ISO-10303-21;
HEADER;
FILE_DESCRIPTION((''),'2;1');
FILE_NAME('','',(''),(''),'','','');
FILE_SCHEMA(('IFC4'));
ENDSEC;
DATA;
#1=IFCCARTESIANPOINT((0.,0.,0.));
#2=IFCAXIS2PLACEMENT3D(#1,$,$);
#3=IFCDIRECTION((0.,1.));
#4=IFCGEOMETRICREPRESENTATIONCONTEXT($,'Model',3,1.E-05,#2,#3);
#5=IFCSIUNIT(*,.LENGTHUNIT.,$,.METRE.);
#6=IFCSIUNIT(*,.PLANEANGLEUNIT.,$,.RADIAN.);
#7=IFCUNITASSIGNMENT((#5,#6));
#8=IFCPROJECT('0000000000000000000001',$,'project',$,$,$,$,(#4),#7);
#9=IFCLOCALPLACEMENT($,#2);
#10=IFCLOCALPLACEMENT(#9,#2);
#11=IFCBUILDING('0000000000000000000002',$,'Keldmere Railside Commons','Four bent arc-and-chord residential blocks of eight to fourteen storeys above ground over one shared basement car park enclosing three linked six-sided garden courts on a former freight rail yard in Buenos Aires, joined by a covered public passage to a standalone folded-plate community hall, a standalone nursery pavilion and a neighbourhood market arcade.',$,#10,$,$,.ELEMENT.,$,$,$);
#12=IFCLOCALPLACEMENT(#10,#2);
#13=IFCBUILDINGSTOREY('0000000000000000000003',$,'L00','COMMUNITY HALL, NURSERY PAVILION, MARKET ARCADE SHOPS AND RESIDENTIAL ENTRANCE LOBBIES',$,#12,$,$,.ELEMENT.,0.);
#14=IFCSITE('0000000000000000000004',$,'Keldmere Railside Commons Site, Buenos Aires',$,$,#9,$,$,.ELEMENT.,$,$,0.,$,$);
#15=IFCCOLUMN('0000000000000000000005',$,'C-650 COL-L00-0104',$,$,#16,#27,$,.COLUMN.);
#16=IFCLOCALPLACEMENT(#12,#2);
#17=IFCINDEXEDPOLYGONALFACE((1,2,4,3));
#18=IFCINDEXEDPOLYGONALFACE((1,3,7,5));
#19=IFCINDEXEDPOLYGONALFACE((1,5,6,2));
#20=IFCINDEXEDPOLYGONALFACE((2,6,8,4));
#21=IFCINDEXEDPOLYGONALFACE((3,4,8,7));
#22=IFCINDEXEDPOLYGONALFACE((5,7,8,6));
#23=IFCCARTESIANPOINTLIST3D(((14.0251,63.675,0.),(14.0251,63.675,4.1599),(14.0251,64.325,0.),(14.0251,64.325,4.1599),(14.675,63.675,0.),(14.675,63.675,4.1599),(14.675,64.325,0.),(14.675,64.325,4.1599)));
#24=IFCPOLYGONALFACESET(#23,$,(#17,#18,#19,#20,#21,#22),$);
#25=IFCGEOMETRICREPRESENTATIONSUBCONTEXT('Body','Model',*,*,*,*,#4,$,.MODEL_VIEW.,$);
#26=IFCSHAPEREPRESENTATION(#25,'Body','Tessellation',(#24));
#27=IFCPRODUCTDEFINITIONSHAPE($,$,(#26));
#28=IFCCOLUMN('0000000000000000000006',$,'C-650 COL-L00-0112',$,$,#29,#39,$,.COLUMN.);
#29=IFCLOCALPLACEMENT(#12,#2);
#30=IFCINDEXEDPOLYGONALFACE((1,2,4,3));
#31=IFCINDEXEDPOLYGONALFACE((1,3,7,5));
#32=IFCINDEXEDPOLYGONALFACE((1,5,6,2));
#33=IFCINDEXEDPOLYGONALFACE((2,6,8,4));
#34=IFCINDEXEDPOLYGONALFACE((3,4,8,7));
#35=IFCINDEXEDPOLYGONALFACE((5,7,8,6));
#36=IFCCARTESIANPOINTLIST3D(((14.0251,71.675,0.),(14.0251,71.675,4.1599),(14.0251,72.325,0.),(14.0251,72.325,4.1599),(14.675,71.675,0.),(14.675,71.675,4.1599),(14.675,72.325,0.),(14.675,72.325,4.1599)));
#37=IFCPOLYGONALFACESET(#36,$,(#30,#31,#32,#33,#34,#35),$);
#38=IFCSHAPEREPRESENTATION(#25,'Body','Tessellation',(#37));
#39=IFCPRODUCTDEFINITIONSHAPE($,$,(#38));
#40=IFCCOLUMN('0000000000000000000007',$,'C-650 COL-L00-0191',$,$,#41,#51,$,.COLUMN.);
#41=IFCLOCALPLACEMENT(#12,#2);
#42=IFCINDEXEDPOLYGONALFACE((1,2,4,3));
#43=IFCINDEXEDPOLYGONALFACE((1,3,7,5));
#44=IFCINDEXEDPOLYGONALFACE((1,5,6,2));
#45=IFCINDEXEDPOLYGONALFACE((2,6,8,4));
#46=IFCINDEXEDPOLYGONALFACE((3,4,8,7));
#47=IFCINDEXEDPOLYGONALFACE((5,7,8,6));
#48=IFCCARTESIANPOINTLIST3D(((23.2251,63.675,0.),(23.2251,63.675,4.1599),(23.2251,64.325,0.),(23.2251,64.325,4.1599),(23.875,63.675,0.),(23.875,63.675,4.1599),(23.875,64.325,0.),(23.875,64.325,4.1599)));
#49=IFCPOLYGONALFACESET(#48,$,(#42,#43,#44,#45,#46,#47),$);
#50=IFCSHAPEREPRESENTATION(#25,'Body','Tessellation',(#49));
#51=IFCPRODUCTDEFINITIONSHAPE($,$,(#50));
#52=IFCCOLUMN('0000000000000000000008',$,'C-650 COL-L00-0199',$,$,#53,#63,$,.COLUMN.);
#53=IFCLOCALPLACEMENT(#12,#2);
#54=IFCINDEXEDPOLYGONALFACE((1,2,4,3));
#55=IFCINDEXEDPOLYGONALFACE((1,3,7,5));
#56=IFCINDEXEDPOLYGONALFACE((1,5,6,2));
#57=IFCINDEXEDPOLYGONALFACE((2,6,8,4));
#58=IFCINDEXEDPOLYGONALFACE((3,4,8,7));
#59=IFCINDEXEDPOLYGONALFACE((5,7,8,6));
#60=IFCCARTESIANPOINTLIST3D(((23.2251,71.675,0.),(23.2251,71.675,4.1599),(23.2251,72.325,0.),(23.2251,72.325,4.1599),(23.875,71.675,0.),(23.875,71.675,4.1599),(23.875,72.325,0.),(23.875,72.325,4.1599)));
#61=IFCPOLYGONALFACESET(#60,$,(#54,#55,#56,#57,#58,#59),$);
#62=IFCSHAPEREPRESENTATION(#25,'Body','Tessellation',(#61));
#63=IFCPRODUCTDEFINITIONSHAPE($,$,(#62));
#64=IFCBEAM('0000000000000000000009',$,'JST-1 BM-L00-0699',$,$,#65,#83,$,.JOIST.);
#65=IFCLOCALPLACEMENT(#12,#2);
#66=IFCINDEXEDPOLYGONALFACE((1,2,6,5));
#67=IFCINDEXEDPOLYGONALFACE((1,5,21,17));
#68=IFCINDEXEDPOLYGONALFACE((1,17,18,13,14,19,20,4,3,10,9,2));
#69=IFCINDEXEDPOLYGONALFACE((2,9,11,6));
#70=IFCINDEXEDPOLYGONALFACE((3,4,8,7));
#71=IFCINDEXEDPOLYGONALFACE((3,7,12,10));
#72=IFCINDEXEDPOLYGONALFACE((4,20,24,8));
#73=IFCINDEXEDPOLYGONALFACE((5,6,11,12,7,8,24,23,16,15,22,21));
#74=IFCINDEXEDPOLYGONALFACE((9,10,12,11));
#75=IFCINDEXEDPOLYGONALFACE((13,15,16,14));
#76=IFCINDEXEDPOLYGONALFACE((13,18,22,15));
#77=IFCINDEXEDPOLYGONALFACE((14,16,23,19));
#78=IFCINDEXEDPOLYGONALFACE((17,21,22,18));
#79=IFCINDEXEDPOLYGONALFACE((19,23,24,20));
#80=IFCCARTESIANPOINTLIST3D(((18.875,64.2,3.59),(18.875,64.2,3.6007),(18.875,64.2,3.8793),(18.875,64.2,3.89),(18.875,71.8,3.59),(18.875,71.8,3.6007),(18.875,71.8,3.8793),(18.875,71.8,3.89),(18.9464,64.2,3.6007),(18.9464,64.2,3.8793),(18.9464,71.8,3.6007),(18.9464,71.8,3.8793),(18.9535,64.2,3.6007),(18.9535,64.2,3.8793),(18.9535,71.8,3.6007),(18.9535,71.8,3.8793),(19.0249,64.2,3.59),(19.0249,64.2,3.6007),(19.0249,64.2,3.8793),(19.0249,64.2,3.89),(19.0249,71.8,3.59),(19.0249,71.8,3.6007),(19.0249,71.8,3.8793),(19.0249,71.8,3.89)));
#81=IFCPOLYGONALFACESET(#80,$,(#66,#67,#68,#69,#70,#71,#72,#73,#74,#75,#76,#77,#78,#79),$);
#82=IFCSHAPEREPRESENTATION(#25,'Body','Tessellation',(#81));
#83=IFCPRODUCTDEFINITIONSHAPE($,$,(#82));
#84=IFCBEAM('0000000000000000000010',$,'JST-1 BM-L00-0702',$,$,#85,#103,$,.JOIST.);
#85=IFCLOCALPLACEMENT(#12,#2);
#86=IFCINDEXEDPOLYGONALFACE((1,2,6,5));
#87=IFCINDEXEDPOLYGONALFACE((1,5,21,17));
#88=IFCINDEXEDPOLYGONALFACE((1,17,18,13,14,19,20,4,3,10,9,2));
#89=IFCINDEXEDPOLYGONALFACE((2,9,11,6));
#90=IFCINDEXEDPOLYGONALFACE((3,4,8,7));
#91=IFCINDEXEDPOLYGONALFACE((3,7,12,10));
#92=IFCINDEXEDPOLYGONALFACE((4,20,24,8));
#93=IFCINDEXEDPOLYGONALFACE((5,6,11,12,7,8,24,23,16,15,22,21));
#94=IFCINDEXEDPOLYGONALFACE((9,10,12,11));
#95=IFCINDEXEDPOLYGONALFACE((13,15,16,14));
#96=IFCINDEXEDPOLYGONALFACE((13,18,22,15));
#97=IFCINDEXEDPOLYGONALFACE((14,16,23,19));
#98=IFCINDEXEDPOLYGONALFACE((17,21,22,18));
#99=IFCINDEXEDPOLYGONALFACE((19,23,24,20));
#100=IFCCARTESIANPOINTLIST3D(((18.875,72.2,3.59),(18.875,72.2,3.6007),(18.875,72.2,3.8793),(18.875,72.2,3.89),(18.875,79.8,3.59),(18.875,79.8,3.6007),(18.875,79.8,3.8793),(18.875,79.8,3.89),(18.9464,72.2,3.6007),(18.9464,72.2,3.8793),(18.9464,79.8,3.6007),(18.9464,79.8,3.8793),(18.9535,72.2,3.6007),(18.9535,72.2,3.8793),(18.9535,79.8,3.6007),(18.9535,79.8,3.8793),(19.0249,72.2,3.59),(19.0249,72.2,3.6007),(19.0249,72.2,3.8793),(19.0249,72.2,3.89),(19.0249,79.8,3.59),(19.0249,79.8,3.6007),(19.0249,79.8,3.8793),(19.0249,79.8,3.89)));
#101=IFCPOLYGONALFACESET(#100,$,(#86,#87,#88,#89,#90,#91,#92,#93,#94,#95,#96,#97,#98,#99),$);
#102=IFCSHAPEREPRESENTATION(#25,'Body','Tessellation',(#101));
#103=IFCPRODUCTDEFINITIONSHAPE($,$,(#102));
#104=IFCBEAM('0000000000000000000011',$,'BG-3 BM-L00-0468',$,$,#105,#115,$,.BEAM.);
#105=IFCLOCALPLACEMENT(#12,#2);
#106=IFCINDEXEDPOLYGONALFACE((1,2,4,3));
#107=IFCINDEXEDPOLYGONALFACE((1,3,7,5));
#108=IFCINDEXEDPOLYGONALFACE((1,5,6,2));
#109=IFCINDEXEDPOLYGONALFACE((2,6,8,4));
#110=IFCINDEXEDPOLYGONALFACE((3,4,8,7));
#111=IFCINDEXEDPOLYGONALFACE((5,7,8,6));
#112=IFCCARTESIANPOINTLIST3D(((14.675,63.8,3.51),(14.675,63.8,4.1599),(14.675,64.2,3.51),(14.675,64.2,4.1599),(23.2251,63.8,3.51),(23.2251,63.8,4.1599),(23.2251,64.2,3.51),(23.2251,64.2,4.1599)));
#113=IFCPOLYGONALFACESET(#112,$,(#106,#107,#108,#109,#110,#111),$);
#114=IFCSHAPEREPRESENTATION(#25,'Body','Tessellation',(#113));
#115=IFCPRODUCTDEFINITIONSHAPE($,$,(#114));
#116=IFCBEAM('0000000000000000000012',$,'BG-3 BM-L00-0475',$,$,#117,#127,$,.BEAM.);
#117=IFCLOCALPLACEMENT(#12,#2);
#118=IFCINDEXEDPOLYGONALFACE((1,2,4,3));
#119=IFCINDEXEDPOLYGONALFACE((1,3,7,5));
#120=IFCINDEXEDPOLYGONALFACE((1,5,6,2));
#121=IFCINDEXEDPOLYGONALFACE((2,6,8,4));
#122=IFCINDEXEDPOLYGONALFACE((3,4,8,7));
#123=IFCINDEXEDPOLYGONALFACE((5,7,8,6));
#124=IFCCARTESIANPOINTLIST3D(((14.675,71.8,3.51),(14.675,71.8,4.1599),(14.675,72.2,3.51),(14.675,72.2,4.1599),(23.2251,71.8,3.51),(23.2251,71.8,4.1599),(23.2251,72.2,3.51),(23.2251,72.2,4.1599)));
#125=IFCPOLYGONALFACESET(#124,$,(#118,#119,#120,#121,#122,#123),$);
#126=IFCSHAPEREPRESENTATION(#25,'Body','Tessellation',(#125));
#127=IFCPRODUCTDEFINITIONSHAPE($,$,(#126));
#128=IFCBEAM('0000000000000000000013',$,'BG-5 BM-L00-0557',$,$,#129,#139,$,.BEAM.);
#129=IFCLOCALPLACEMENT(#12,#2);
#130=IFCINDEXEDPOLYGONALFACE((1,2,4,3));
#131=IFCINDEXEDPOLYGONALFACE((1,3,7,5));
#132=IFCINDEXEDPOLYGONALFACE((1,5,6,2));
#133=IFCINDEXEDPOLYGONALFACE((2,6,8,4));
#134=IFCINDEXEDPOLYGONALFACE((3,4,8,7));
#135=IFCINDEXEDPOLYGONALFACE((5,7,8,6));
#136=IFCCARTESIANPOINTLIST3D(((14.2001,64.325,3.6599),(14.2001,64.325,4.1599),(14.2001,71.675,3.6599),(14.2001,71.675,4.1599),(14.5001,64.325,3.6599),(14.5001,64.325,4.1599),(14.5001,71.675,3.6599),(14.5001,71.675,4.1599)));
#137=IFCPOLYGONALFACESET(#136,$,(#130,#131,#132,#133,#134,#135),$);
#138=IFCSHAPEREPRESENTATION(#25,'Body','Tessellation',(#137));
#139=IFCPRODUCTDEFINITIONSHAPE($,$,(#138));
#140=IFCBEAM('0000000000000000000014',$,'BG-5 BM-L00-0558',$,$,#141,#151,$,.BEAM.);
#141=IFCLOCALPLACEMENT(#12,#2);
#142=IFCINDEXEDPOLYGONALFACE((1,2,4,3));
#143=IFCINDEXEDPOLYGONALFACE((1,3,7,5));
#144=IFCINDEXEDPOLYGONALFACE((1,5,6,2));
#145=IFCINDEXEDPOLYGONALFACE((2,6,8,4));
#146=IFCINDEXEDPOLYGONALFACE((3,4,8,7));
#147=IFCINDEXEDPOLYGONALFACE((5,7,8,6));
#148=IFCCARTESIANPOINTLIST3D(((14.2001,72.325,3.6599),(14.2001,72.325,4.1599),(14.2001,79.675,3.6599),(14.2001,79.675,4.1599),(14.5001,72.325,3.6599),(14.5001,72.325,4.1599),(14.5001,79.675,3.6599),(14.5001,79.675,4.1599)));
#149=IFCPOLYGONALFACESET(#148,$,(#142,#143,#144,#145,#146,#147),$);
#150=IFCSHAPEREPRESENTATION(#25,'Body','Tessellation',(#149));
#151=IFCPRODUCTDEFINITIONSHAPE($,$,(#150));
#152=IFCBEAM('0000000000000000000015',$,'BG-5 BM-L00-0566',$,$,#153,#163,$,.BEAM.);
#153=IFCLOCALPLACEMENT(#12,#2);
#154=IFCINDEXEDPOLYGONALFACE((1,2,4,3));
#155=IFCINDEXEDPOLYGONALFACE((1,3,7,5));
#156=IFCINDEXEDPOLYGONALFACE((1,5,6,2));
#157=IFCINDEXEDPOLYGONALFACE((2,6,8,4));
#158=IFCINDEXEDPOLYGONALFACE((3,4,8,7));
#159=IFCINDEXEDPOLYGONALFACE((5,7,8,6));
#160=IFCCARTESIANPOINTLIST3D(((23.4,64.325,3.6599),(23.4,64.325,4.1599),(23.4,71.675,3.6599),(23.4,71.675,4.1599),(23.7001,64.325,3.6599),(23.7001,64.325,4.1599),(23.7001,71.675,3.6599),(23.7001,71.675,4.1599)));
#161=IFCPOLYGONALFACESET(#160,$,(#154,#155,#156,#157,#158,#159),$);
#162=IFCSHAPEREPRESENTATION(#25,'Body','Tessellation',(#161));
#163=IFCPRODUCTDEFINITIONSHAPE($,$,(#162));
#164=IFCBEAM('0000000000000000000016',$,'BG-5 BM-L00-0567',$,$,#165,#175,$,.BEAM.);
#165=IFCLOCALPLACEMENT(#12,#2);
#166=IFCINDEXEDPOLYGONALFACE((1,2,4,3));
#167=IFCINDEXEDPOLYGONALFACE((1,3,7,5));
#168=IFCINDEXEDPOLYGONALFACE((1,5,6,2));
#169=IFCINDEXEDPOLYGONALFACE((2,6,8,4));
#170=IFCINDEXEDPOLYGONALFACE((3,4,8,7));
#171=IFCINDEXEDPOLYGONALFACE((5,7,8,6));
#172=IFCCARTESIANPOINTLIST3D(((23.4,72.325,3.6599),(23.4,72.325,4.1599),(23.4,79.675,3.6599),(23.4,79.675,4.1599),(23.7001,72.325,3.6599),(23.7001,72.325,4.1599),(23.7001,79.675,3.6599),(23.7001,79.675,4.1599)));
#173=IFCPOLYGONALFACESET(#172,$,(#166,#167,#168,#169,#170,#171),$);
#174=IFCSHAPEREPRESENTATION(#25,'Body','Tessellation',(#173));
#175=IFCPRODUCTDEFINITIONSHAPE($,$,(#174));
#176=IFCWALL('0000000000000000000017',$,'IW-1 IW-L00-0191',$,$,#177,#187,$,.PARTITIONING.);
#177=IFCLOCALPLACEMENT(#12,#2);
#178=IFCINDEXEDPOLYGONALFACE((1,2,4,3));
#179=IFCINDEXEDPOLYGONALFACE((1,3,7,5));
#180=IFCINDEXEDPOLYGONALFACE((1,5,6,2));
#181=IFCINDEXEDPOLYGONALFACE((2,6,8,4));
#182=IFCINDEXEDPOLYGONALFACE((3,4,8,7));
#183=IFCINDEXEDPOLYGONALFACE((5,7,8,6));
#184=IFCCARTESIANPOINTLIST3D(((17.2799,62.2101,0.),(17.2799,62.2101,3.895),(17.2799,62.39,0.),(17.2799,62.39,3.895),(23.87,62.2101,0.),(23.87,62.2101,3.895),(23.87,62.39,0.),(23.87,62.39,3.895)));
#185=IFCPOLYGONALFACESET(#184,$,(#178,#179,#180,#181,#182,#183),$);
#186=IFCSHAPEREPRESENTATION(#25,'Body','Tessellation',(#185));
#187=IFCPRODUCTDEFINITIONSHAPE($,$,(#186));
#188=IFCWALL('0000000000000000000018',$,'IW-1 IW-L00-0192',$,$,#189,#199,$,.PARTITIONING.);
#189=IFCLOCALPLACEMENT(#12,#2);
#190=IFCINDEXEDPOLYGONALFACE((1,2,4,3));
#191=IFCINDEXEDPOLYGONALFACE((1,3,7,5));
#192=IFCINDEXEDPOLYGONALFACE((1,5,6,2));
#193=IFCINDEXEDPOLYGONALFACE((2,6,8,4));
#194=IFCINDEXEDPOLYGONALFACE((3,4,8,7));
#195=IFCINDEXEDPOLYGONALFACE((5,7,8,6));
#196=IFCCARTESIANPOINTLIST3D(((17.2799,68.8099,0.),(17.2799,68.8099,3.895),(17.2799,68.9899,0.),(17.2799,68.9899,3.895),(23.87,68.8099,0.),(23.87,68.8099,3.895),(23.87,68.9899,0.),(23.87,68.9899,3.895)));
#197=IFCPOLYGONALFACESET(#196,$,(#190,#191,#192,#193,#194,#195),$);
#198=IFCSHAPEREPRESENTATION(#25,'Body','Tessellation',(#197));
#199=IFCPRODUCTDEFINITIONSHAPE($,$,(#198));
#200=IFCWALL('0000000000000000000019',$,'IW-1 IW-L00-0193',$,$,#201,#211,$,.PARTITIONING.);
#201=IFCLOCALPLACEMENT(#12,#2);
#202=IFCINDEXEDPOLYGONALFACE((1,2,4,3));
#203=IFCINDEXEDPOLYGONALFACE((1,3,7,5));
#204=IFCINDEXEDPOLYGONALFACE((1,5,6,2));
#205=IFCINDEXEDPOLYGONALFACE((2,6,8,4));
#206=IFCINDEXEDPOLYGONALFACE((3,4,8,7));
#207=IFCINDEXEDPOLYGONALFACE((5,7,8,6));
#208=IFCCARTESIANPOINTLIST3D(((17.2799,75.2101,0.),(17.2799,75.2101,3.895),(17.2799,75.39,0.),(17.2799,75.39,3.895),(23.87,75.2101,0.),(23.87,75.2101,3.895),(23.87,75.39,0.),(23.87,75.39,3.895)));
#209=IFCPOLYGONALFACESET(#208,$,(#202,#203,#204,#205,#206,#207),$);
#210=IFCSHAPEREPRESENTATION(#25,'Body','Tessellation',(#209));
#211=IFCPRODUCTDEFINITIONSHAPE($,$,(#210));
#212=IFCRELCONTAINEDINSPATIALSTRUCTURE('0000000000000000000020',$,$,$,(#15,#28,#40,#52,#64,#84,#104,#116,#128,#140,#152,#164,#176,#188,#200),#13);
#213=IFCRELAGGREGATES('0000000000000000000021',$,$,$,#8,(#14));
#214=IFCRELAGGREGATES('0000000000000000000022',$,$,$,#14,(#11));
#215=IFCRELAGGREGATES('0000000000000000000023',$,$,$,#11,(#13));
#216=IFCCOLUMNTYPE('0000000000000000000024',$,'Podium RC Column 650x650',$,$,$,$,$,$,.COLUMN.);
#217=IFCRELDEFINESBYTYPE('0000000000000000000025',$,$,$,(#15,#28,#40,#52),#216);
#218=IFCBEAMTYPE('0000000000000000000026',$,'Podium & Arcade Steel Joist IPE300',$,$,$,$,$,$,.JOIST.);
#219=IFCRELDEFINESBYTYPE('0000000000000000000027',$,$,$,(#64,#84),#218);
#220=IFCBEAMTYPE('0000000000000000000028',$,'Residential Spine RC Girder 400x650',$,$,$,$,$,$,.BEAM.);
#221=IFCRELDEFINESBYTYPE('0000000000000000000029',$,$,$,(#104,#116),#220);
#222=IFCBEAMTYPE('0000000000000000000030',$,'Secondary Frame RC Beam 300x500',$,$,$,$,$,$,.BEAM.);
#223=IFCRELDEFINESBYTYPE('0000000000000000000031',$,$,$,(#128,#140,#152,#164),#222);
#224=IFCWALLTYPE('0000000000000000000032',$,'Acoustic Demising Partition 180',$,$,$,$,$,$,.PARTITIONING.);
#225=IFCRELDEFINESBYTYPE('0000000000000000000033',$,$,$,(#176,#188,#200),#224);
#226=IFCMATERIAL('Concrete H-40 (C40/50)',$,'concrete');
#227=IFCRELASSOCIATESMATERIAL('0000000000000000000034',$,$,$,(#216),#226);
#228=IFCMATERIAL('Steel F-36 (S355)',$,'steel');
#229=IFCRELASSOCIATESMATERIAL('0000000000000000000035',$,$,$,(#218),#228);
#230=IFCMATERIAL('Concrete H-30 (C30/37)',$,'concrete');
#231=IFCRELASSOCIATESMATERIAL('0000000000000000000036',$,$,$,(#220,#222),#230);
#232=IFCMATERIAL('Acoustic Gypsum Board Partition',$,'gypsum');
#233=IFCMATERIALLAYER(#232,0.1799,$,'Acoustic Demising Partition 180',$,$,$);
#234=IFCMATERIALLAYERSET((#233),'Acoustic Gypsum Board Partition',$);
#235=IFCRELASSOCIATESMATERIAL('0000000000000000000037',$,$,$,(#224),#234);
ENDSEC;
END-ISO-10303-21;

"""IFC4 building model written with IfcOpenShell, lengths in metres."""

from ifc_helpers import new_model, si_unit, direction, frame, frame_2d, origin, origin_2d, place, context, subcontext, project, spatial, rectangle, i_section, extrude, material, layer, layer_set, material_profile, profile_set, type_object, element, save


model = new_model("IFC4")

# Units and contexts
model_context = context("Model", 3, precision=1e-05, world=origin(), true_north=direction((0.0, 1.0)))
body_context = subcontext(model_context, "Body", "Model", "MODEL_VIEW")
ifc_project = project(units=[si_unit("LENGTHUNIT", "METRE"), si_unit("PLANEANGLEUNIT", "RADIAN")], contexts=[model_context])

# Site, building, storey
site_placement = place(None, origin())
site = spatial("IfcSite", under=ifc_project, at=site_placement, Name="Keldmere Railside Commons Site, Buenos Aires", CompositionType="ELEMENT", RefElevation=0.0)
building_placement = place(site_placement, origin())
building = spatial("IfcBuilding", under=site, at=building_placement, Name="Keldmere Railside Commons", Description="Four bent arc-and-chord residential blocks of eight to fourteen storeys above ground over one shared basement car park enclosing three linked six-sided garden courts on a former freight rail yard in Buenos Aires, joined by a covered public passage to a standalone folded-plate community hall, a standalone nursery pavilion and a neighbourhood market arcade.", CompositionType="ELEMENT")
storey_placement = place(building_placement, origin())
storey = spatial("IfcBuildingStorey", under=building, at=storey_placement, Name="L00", Description="COMMUNITY HALL, NURSERY PAVILION, MARKET ARCADE SHOPS AND RESIDENTIAL ENTRANCE LOBBIES", CompositionType="ELEMENT", Elevation=0.0)

# Columns
ifc_material_1 = material(Name="Concrete H-40 (C40/50)", Category="concrete")
ifc_material_profile_1 = material_profile(ifc_material_1, rectangle(XDim=0.6499, YDim=0.6499, at=origin_2d()), Name="RC-650x650")
ifc_profile_set_1 = profile_set([ifc_material_profile_1], Name="Concrete H-40 (C40/50)")
column_type = type_object("IfcColumnType", Name="Podium RC Column 650x650", PredefinedType="COLUMN", material=ifc_profile_set_1)
for number, where, z_axis, x_axis, name in (
    (1, (14.3501, 64.0, 0.0), (0.0, 0.0, 1.0), (1.0, 0.0, 0.0), "C-650 COL-L00-0104"),
    (2, (14.3501, 72.0, 0.0), (0.0, 0.0, 1.0), (1.0, 0.0, 0.0), "C-650 COL-L00-0112"),
    (3, (23.55, 64.0, 0.0), (0.0, 0.0, 1.0), (1.0, 0.0, 0.0), "C-650 COL-L00-0191"),
    (4, (23.55, 72.0, 0.0), (0.0, 0.0, 1.0), (1.0, 0.0, 0.0), "C-650 COL-L00-0199"),
):
    element("IfcColumn", number, at=place(storey_placement, frame(where, z_axis=z_axis, x_axis=x_axis)), inside=storey, type_object=column_type, Name=name, PredefinedType="COLUMN", context=body_context, shape_type="SweptSolid", body=[
        extrude(rectangle(XDim=0.6499, YDim=0.6499, at=origin_2d()), origin(), (0.0, 0.0, 1.0), 4.1599),
    ])

# Beams
ifc_material_2 = material(Name="Steel F-36 (S355)", Category="steel")
ifc_material_profile_2 = material_profile(ifc_material_2, i_section(OverallWidth=0.1499, OverallDepth=0.3, WebThickness=0.0071, FlangeThickness=0.0107, at=origin_2d()), Name="IPE-300")
ifc_profile_set_2 = profile_set([ifc_material_profile_2], Name="Steel F-36 (S355)")
beam_type_1 = type_object("IfcBeamType", Name="Podium & Arcade Steel Joist IPE300", PredefinedType="JOIST", material=ifc_profile_set_2)
for number, where, z_axis, x_axis, name in (
    (5, (18.95, 64.2, 3.74), (0.0, 1.0, 0.0), (-1.0, 0.0, 0.0), "JST-1 BM-L00-0699"),
    (6, (18.95, 72.2, 3.74), (0.0, 1.0, 0.0), (-1.0, 0.0, 0.0), "JST-1 BM-L00-0702"),
):
    element("IfcBeam", number, at=place(storey_placement, frame(where, z_axis=z_axis, x_axis=x_axis)), inside=storey, type_object=beam_type_1, Name=name, PredefinedType="JOIST", context=body_context, shape_type="SweptSolid", body=[
        extrude(i_section(OverallWidth=0.1499, OverallDepth=0.3, WebThickness=0.0071, FlangeThickness=0.0107, at=origin_2d()), origin(), (0.0, 0.0, 1.0), 7.6001),
    ])
ifc_material_3 = material(Name="Concrete H-30 (C30/37)", Category="concrete")
ifc_material_profile_3 = material_profile(ifc_material_3, rectangle(XDim=0.3999, YDim=0.6499, at=origin_2d()), Name="RC-400x650")
ifc_profile_set_3 = profile_set([ifc_material_profile_3], Name="Concrete H-30 (C30/37)")
beam_type_2 = type_object("IfcBeamType", Name="Residential Spine RC Girder 400x650", PredefinedType="BEAM", material=ifc_profile_set_3)
for number, where, z_axis, x_axis, name in (
    (7, (14.675, 64.0, 3.835), (1.0, 0.0, 0.0), (0.0, 1.0, 0.0), "BG-3 BM-L00-0468"),
    (8, (14.675, 72.0, 3.835), (1.0, 0.0, 0.0), (0.0, 1.0, 0.0), "BG-3 BM-L00-0475"),
):
    element("IfcBeam", number, at=place(storey_placement, frame(where, z_axis=z_axis, x_axis=x_axis)), inside=storey, type_object=beam_type_2, Name=name, PredefinedType="BEAM", context=body_context, shape_type="SweptSolid", body=[
        extrude(rectangle(XDim=0.3999, YDim=0.6499, at=origin_2d()), origin(), (0.0, 0.0, 1.0), 8.55),
    ])
ifc_material_profile_4 = material_profile(ifc_material_3, rectangle(XDim=0.3, YDim=0.5, at=origin_2d()), Name="RC-300x500")
ifc_profile_set_4 = profile_set([ifc_material_profile_4], Name="Concrete H-30 (C30/37)")
beam_type_3 = type_object("IfcBeamType", Name="Secondary Frame RC Beam 300x500", PredefinedType="BEAM", material=ifc_profile_set_4)
for number, where, z_axis, x_axis, name in (
    (9, (14.3501, 64.325, 3.9099), (0.0, 1.0, 0.0), (-1.0, 0.0, 0.0), "BG-5 BM-L00-0557"),
    (10, (14.3501, 72.325, 3.9099), (0.0, 1.0, 0.0), (-1.0, 0.0, 0.0), "BG-5 BM-L00-0558"),
    (11, (23.55, 64.325, 3.9099), (0.0, 1.0, 0.0), (-1.0, 0.0, 0.0), "BG-5 BM-L00-0566"),
    (12, (23.55, 72.325, 3.9099), (0.0, 1.0, 0.0), (-1.0, 0.0, 0.0), "BG-5 BM-L00-0567"),
):
    element("IfcBeam", number, at=place(storey_placement, frame(where, z_axis=z_axis, x_axis=x_axis)), inside=storey, type_object=beam_type_3, Name=name, PredefinedType="BEAM", context=body_context, shape_type="SweptSolid", body=[
        extrude(rectangle(XDim=0.3, YDim=0.5, at=origin_2d()), origin(), (0.0, 0.0, 1.0), 7.3501),
    ])

# Walls
ifc_material_4 = material(Name="Acoustic Gypsum Board Partition", Category="gypsum")
ifc_layer = layer(ifc_material_4, 0.1799, Name="Acoustic Demising Partition 180")
ifc_layer_set = layer_set([ifc_layer], Name="Acoustic Gypsum Board Partition")
wall_type = type_object("IfcWallType", Name="Acoustic Demising Partition 180", PredefinedType="PARTITIONING", material=ifc_layer_set)
for number, where, z_axis, x_axis, name in (
    (13, (17.28, 62.3, 0.0), (0.0, 0.0, 1.0), (1.0, 0.0, 0.0), "IW-1 IW-L00-0191"),
    (14, (17.28, 68.8999, 0.0), (0.0, 0.0, 1.0), (1.0, 0.0, 0.0), "IW-1 IW-L00-0192"),
    (15, (17.28, 75.3, 0.0), (0.0, 0.0, 1.0), (1.0, 0.0, 0.0), "IW-1 IW-L00-0193"),
):
    element("IfcWall", number, at=place(storey_placement, frame(where, z_axis=z_axis, x_axis=x_axis)), inside=storey, type_object=wall_type, Name=name, PredefinedType="PARTITIONING", context=body_context, shape_type="SweptSolid", body=[
        extrude(rectangle(XDim=6.5901, YDim=0.1799, at=frame_2d((3.2949, 0.0))), origin(), (0.0, 0.0, 1.0), 3.895),
    ])

save(model, "model.ifc")
